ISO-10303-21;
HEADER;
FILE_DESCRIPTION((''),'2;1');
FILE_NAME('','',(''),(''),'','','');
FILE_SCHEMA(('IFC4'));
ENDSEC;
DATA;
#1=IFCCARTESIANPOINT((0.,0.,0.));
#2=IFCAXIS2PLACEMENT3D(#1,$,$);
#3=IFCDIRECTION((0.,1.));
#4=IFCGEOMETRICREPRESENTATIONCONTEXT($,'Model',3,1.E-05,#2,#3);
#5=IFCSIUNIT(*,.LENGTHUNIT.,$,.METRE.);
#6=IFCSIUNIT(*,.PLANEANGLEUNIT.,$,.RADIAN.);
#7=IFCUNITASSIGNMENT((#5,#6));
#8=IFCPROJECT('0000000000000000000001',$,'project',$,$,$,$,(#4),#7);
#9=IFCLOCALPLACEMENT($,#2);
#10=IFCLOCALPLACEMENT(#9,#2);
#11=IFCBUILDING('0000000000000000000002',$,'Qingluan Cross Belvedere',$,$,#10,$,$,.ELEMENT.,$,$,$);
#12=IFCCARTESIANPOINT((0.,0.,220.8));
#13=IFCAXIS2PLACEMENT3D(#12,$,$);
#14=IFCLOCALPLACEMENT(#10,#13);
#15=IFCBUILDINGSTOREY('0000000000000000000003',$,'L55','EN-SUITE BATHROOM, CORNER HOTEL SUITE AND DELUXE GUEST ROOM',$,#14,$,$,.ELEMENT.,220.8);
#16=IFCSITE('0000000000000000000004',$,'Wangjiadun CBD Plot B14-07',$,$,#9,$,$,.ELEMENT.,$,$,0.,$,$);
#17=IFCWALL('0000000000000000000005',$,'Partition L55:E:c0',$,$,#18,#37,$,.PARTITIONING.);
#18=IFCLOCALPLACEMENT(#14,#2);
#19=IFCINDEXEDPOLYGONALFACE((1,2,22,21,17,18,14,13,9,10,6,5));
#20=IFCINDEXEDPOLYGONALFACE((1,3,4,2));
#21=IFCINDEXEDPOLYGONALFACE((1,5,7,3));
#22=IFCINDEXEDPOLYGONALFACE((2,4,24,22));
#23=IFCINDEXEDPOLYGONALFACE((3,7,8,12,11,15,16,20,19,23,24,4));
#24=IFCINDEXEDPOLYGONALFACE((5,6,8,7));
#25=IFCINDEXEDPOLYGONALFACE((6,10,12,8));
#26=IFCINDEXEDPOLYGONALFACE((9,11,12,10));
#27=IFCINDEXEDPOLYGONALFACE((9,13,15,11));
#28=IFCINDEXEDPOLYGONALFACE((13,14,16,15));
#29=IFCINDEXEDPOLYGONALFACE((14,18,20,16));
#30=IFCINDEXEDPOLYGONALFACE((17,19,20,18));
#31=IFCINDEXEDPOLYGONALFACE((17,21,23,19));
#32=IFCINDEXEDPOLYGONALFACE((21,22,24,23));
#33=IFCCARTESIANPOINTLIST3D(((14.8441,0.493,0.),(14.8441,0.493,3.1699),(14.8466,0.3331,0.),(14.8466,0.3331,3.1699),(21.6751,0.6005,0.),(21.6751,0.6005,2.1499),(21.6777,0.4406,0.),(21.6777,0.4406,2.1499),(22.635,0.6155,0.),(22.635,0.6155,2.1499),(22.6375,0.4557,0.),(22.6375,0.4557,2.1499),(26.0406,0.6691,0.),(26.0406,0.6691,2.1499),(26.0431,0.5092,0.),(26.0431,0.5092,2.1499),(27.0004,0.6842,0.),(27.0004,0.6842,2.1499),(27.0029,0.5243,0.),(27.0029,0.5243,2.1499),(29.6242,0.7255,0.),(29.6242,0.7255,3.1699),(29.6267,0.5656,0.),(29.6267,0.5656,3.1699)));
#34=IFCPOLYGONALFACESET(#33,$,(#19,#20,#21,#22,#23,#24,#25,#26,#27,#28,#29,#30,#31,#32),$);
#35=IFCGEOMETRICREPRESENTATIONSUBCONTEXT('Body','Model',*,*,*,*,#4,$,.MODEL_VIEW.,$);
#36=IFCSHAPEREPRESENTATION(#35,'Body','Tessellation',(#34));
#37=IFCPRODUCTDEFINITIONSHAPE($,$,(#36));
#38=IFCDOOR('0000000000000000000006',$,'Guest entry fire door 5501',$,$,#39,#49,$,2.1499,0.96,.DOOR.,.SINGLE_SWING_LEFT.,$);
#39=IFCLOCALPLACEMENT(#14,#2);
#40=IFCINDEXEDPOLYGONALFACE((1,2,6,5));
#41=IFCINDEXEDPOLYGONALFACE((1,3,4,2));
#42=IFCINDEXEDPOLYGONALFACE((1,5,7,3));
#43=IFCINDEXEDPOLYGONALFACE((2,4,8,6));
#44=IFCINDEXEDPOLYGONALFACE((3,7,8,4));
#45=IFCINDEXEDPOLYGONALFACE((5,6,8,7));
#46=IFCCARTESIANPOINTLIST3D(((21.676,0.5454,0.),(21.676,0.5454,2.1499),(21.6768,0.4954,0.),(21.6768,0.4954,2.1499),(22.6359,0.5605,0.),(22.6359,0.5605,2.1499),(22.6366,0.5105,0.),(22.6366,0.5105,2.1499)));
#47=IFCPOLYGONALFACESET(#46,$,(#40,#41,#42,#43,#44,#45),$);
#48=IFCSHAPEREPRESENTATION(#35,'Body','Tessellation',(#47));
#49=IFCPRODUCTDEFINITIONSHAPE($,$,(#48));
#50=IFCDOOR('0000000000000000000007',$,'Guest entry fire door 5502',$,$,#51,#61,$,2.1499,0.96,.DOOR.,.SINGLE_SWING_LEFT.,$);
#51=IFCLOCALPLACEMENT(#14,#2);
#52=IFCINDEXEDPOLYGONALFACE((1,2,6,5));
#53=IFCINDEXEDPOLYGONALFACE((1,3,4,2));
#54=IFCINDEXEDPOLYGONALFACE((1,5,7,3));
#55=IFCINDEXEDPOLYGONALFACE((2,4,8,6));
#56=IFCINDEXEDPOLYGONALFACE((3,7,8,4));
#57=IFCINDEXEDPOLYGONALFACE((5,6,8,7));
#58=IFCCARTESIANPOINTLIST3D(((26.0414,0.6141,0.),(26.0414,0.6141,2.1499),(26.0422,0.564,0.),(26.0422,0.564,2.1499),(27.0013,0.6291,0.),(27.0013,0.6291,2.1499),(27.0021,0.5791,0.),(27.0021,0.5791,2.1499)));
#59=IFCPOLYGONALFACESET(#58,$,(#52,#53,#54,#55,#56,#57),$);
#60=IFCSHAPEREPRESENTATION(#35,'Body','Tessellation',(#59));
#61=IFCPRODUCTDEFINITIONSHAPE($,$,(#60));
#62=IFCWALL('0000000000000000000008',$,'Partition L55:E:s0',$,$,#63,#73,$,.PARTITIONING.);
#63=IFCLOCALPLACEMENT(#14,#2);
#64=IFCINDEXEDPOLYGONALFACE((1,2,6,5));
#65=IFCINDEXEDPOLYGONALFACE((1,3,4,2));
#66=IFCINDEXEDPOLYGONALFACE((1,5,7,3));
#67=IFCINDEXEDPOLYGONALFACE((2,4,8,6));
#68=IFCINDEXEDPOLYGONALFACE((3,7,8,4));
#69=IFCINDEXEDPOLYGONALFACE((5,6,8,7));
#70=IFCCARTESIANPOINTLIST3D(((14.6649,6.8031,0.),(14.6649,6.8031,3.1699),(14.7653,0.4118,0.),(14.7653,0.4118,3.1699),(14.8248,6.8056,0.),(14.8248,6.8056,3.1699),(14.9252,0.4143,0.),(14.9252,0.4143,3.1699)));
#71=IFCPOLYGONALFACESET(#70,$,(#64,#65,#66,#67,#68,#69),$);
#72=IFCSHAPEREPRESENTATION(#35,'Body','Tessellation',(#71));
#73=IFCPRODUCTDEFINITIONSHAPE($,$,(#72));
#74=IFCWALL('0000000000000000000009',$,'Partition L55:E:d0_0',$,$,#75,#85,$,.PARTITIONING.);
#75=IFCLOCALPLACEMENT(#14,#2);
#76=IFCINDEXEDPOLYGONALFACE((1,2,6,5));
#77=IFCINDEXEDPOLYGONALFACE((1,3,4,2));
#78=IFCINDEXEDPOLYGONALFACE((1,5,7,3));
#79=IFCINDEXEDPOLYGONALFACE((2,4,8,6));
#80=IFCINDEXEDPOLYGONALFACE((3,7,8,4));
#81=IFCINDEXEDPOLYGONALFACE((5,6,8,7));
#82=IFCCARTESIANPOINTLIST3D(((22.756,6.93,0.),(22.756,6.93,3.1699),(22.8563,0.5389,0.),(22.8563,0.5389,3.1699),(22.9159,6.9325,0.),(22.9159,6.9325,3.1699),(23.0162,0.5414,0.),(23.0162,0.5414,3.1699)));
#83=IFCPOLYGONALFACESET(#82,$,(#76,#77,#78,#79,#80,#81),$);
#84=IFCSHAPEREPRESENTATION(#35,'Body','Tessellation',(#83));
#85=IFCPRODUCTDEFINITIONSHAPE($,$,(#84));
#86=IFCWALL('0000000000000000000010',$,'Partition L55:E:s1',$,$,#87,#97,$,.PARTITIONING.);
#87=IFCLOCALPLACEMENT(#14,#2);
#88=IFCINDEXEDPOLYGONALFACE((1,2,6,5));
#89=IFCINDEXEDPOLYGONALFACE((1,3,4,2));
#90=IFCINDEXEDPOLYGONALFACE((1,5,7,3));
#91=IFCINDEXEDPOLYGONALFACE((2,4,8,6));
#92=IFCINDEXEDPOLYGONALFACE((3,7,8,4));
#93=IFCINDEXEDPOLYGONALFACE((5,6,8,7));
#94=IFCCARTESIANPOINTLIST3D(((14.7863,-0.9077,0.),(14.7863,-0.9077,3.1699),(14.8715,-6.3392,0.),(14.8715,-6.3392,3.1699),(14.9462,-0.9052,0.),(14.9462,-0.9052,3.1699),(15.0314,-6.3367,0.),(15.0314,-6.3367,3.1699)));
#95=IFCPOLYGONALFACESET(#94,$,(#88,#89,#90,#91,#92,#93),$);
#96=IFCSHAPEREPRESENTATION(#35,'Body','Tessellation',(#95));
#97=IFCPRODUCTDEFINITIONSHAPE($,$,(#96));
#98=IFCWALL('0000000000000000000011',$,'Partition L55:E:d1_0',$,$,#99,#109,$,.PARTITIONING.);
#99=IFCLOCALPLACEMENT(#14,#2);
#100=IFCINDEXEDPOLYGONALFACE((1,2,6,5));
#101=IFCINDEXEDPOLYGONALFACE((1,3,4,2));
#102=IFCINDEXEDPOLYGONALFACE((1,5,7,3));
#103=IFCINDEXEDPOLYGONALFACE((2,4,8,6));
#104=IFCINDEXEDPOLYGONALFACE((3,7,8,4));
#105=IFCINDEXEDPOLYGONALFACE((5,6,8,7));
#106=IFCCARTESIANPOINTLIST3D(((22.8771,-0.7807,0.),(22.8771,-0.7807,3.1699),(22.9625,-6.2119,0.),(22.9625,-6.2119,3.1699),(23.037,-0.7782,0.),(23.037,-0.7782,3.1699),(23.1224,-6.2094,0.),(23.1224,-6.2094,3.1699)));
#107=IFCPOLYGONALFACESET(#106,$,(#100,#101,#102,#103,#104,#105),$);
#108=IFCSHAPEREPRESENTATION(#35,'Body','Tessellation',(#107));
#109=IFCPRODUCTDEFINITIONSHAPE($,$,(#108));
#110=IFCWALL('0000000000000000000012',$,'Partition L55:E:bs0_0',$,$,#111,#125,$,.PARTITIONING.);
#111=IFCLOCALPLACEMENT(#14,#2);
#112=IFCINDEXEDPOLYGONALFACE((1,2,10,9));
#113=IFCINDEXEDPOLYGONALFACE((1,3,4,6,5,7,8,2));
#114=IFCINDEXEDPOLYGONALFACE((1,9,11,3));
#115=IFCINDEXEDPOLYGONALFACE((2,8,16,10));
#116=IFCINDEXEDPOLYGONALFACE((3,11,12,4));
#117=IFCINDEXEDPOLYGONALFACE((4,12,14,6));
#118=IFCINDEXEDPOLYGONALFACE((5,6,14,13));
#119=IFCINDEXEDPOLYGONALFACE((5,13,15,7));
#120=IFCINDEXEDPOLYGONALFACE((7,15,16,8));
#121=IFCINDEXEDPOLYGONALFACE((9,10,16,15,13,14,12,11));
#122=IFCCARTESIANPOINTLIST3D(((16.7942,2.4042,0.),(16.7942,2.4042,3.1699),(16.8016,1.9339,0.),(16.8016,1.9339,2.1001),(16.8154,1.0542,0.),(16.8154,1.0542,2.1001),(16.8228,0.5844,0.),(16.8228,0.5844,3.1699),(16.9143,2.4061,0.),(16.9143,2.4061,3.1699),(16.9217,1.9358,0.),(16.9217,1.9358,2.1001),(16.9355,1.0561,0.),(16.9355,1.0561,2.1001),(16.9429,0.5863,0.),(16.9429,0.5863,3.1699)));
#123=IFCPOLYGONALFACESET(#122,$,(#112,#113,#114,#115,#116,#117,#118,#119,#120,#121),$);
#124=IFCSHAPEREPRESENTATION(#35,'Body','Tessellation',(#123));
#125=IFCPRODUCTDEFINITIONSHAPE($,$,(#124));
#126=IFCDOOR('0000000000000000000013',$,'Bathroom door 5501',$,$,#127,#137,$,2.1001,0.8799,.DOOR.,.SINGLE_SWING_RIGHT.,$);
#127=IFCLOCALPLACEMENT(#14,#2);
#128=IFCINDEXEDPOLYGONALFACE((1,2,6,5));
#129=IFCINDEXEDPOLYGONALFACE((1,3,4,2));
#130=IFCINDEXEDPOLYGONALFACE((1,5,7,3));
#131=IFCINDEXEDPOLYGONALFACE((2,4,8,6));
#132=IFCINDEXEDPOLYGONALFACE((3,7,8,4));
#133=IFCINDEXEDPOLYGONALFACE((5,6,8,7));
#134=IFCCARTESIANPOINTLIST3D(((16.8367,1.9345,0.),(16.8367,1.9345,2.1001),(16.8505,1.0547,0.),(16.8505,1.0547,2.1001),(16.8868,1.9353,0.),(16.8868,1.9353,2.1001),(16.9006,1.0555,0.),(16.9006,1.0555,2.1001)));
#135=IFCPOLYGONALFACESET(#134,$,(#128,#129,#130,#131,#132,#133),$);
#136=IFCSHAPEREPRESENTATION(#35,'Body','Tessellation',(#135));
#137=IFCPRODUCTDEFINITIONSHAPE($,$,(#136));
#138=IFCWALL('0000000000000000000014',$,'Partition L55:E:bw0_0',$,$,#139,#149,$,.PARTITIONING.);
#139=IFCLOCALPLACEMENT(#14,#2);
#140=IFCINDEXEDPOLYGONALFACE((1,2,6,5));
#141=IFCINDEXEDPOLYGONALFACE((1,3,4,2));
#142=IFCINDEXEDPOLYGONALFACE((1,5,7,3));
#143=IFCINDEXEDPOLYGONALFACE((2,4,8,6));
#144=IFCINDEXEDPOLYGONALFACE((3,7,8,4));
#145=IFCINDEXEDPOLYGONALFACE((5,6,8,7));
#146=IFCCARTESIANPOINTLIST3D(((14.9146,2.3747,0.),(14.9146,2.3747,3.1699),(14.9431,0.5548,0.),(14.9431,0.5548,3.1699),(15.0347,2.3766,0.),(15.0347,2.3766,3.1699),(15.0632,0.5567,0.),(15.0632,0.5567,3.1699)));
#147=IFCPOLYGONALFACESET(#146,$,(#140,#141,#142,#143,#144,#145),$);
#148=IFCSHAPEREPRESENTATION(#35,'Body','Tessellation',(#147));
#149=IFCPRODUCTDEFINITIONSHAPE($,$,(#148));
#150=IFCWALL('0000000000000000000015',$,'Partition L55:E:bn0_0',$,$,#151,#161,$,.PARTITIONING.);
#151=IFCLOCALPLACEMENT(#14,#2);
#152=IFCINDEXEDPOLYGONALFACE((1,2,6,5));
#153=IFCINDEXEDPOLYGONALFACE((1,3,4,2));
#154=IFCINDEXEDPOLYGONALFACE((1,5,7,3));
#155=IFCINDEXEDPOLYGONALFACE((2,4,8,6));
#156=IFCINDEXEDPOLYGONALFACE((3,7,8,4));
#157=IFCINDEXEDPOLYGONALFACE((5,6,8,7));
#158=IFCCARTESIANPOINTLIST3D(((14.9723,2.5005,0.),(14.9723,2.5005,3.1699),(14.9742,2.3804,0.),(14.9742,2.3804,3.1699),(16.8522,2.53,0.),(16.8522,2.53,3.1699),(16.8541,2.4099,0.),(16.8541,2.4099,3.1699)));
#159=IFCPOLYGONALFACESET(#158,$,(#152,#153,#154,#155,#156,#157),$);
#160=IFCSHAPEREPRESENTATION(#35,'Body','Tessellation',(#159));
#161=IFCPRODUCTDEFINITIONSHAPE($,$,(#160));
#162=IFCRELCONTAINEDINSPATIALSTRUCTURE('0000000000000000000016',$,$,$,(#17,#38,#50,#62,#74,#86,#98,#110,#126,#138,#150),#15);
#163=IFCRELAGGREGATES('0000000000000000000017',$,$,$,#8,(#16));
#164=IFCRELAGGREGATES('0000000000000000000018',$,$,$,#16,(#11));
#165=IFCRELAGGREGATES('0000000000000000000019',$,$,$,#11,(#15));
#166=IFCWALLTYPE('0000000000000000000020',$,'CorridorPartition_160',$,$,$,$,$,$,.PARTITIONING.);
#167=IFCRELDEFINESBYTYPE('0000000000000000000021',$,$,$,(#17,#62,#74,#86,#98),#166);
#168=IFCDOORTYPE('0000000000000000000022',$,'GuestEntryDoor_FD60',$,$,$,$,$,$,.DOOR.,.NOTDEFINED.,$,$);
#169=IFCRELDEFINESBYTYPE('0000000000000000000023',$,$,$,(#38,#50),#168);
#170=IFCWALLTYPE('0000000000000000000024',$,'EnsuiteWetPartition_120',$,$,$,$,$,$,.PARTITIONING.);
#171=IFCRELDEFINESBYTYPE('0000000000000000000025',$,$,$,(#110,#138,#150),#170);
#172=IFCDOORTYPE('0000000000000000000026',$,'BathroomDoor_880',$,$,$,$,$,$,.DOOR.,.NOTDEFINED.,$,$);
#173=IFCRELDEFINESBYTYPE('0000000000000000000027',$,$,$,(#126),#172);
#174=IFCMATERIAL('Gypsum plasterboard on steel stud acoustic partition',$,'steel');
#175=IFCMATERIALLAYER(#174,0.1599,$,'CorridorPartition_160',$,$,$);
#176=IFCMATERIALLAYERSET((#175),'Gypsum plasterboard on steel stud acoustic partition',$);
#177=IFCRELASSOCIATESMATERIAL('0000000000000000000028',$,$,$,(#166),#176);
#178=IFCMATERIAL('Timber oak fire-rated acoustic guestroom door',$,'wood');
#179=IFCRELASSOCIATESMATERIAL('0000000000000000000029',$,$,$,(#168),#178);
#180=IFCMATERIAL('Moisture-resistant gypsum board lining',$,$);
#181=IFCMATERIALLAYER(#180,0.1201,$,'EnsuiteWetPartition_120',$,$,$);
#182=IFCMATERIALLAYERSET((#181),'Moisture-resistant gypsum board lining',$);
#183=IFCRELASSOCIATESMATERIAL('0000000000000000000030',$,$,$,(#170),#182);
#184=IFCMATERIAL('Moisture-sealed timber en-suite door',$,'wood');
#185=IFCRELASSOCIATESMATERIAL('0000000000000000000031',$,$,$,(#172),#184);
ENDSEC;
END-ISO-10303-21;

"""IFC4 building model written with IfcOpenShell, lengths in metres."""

from ifc_helpers import new_model, si_unit, direction, frame, frame_2d, origin, place, context, subcontext, project, spatial, rectangle, extrude, material, layer, layer_set, type_object, element, fill, save


model = new_model("IFC4")

# Units and contexts
model_context = context("Model", 3, precision=1e-05, world=origin(), true_north=direction((0.0, 1.0)))
body_context = subcontext(model_context, "Body", "Model", "MODEL_VIEW")
ifc_project = project(units=[si_unit("LENGTHUNIT", "METRE"), si_unit("PLANEANGLEUNIT", "RADIAN")], contexts=[model_context])

# Site, building, storey
site_placement = place(None, origin())
site = spatial("IfcSite", under=ifc_project, at=site_placement, Name="Wangjiadun CBD Plot B14-07", CompositionType="ELEMENT", RefElevation=0.0)
building_placement = place(site_placement, origin())
building = spatial("IfcBuilding", under=site, at=building_placement, Name="Qingluan Cross Belvedere", CompositionType="ELEMENT")
storey_placement = place(building_placement, frame((0.0, 0.0, 220.8)))
storey = spatial("IfcBuildingStorey", under=building, at=storey_placement, Name="L55", Description="EN-SUITE BATHROOM, CORNER HOTEL SUITE AND DELUXE GUEST ROOM", CompositionType="ELEMENT", Elevation=220.8)

# Shared definitions
ifc_material_1 = material(Name="Gypsum plasterboard on steel stud acoustic partition", Category="steel")
ifc_layer_1 = layer(ifc_material_1, 0.1599, Name="CorridorPartition_160")
ifc_layer_set_1 = layer_set([ifc_layer_1], Name="Gypsum plasterboard on steel stud acoustic partition")
wall_type_1 = type_object("IfcWallType", Name="CorridorPartition_160", PredefinedType="PARTITIONING", material=ifc_layer_set_1)

# Wall, openings, doors
wall_1_placement = place(storey_placement, frame((14.8452, 0.4131, 0.0), z_axis=(0.0, 0.0, 1.0), x_axis=(0.999876, 0.015723, 0.0)))
wall_1 = element("IfcWall", 1, at=wall_1_placement, inside=storey, type_object=wall_type_1, Name="Partition L55:E:c0", PredefinedType="PARTITIONING", context=body_context, shape_type="SweptSolid", body=[
    extrude(rectangle(XDim=14.782, YDim=0.1599, at=frame_2d((7.3911, 0.0))), origin(), (0.0, 0.0, 1.0), 3.1699),
])
opening_1_placement = place(wall_1_placement, frame((6.832, 0.0, 0.0)))
opening_1 = element("IfcOpeningElement", 2, at=opening_1_placement, cuts=wall_1, PredefinedType="OPENING", context=body_context, shape_type="SweptSolid", body=[
    extrude(rectangle(XDim=0.96, YDim=2.1499, at=frame_2d((0.48, 1.075))), frame((0.0, 0.0898, 0.0), z_axis=(0.0, -1.0, 0.0), x_axis=(1.0, 0.0, 0.0)), (0.0, 0.0, 1.0), 0.1799),
])
opening_2_placement = place(wall_1_placement, frame((11.198, 0.0, 0.0)))
opening_2 = element("IfcOpeningElement", 3, at=opening_2_placement, cuts=wall_1, PredefinedType="OPENING", context=body_context, shape_type="SweptSolid", body=[
    extrude(rectangle(XDim=0.96, YDim=2.1499, at=frame_2d((0.48, 1.075))), frame((0.0, 0.0898, 0.0), z_axis=(0.0, -1.0, 0.0), x_axis=(1.0, 0.0, 0.0)), (0.0, 0.0, 1.0), 0.1799),
])
ifc_material_2 = material(Name="Timber oak fire-rated acoustic guestroom door", Category="wood")
door_type_1 = type_object("IfcDoorType", Name="GuestEntryDoor_FD60", OperationType="NOTDEFINED", PredefinedType="DOOR", material=ifc_material_2)
door_1_placement = place(opening_1_placement, origin())
door_1 = element("IfcDoor", 4, at=door_1_placement, inside=storey, type_object=door_type_1, Name="Guest entry fire door 5501", OperationType="SINGLE_SWING_LEFT", OverallHeight=2.1499, OverallWidth=0.96, PredefinedType="DOOR", context=body_context, shape_type="SweptSolid", body=[
    extrude(rectangle(XDim=0.96, YDim=2.1499, at=frame_2d((0.48, 1.075))), frame((0.0, 0.0249, 0.0), z_axis=(0.0, -1.0, 0.0), x_axis=(1.0, 0.0, 0.0)), (0.0, 0.0, 1.0), 0.05),
])
fill(opening_1, door_1)
door_2_placement = place(opening_2_placement, origin())
door_2 = element("IfcDoor", 5, at=door_2_placement, inside=storey, type_object=door_type_1, Name="Guest entry fire door 5502", OperationType="SINGLE_SWING_LEFT", OverallHeight=2.1499, OverallWidth=0.96, PredefinedType="DOOR", context=body_context, shape_type="SweptSolid", body=[
    extrude(rectangle(XDim=0.96, YDim=2.1499, at=frame_2d((0.48, 1.075))), frame((0.0, 0.0249, 0.0), z_axis=(0.0, -1.0, 0.0), x_axis=(1.0, 0.0, 0.0)), (0.0, 0.0, 1.0), 0.05),
])
fill(opening_2, door_2)

# Walls
wall_2_placement = place(storey_placement, frame((14.8452, 0.4131, 0.0), z_axis=(0.0, 0.0, 1.0), x_axis=(-0.015698, 0.999877, 0.0)))
element("IfcWall", 6, at=wall_2_placement, inside=storey, type_object=wall_type_1, Name="Partition L55:E:s0", PredefinedType="PARTITIONING", context=body_context, shape_type="SweptSolid", body=[
    extrude(rectangle(XDim=6.3921, YDim=0.1599, at=frame_2d((3.196, 0.0))), origin(), (0.0, 0.0, 1.0), 3.1699),
])
wall_3_placement = place(storey_placement, frame((22.9363, 0.5403, 0.0), z_axis=(0.0, 0.0, 1.0), x_axis=(-0.015698, 0.999877, 0.0)))
element("IfcWall", 7, at=wall_3_placement, inside=storey, type_object=wall_type_1, Name="Partition L55:E:d0_0", PredefinedType="PARTITIONING", context=body_context, shape_type="SweptSolid", body=[
    extrude(rectangle(XDim=6.3918, YDim=0.1599, at=frame_2d((3.1958, 0.0))), origin(), (0.0, 0.0, 1.0), 3.1699),
])
wall_4_placement = place(storey_placement, frame((14.8662, -0.9065, 0.0), z_axis=(0.0, 0.0, 1.0), x_axis=(0.015686, -0.999877, 0.0)))
element("IfcWall", 8, at=wall_4_placement, inside=storey, type_object=wall_type_1, Name="Partition L55:E:s1", PredefinedType="PARTITIONING", context=body_context, shape_type="SweptSolid", body=[
    extrude(rectangle(XDim=5.4321, YDim=0.1599, at=frame_2d((2.7161, 0.0))), origin(), (0.0, 0.0, 1.0), 3.1699),
])
wall_5_placement = place(storey_placement, frame((22.957, -0.7795, 0.0), z_axis=(0.0, 0.0, 1.0), x_axis=(0.015731, -0.999876, 0.0)))
element("IfcWall", 9, at=wall_5_placement, inside=storey, type_object=wall_type_1, Name="Partition L55:E:d1_0", PredefinedType="PARTITIONING", context=body_context, shape_type="SweptSolid", body=[
    extrude(rectangle(XDim=5.4319, YDim=0.1599, at=frame_2d((2.7158, 0.0))), origin(), (0.0, 0.0, 1.0), 3.1699),
])

# Wall, opening, door
ifc_material_3 = material(Name="Moisture-resistant gypsum board lining")
ifc_layer_2 = layer(ifc_material_3, 0.1201, Name="EnsuiteWetPartition_120")
ifc_layer_set_2 = layer_set([ifc_layer_2], Name="Moisture-resistant gypsum board lining")
wall_type_2 = type_object("IfcWallType", Name="EnsuiteWetPartition_120", PredefinedType="PARTITIONING", material=ifc_layer_set_2)
wall_6_placement = place(storey_placement, frame((16.8828, 0.5852, 0.0), z_axis=(0.0, 0.0, 1.0), x_axis=(-0.015694, 0.999877, 0.0)))
wall_6 = element("IfcWall", 10, at=wall_6_placement, inside=storey, type_object=wall_type_2, Name="Partition L55:E:bs0_0", PredefinedType="PARTITIONING", context=body_context, shape_type="SweptSolid", body=[
    extrude(rectangle(XDim=1.8201, YDim=0.1201, at=frame_2d((0.9102, 0.0))), origin(), (0.0, 0.0, 1.0), 3.1699),
])
opening_3_placement = place(wall_6_placement, frame((0.47, 0.0, 0.0)))
opening_3 = element("IfcOpeningElement", 11, at=opening_3_placement, cuts=wall_6, PredefinedType="OPENING", context=body_context, shape_type="SweptSolid", body=[
    extrude(rectangle(XDim=0.8799, YDim=2.1001, at=frame_2d((0.4399, 1.05))), frame((0.0, 0.0701, 0.0), z_axis=(0.0, -1.0, 0.0), x_axis=(1.0, 0.0, 0.0)), (0.0, 0.0, 1.0), 0.1401),
])
ifc_material_4 = material(Name="Moisture-sealed timber en-suite door", Category="wood")
door_type_2 = type_object("IfcDoorType", Name="BathroomDoor_880", OperationType="NOTDEFINED", PredefinedType="DOOR", material=ifc_material_4)
door_3_placement = place(opening_3_placement, origin())
door_3 = element("IfcDoor", 12, at=door_3_placement, inside=storey, type_object=door_type_2, Name="Bathroom door 5501", OperationType="SINGLE_SWING_RIGHT", OverallHeight=2.1001, OverallWidth=0.8799, PredefinedType="DOOR", context=body_context, shape_type="SweptSolid", body=[
    extrude(rectangle(XDim=0.8799, YDim=2.1001, at=frame_2d((0.4399, 1.05))), frame((0.0, 0.0249, 0.0), z_axis=(0.0, -1.0, 0.0), x_axis=(1.0, 0.0, 0.0)), (0.0, 0.0, 1.0), 0.05),
])
fill(opening_3, door_3)

# Walls
wall_7_placement = place(storey_placement, frame((15.0032, 0.5557, 0.0), z_axis=(0.0, 0.0, 1.0), x_axis=(-0.015694, 0.999877, 0.0)))
element("IfcWall", 13, at=wall_7_placement, inside=storey, type_object=wall_type_2, Name="Partition L55:E:bw0_0", PredefinedType="PARTITIONING", context=body_context, shape_type="SweptSolid", body=[
    extrude(rectangle(XDim=1.8201, YDim=0.1201, at=frame_2d((0.9102, 0.0))), origin(), (0.0, 0.0, 1.0), 3.1699),
])
wall_8_placement = place(storey_placement, frame((14.9734, 2.4404, 0.0), z_axis=(0.0, 0.0, 1.0), x_axis=(0.999877, 0.015712, 0.0)))
element("IfcWall", 14, at=wall_8_placement, inside=storey, type_object=wall_type_2, Name="Partition L55:E:bn0_0", PredefinedType="PARTITIONING", context=body_context, shape_type="SweptSolid", body=[
    extrude(rectangle(XDim=1.8801, YDim=0.1201, at=frame_2d((0.9399, 0.0))), origin(), (0.0, 0.0, 1.0), 3.1699),
])

save(model, "model.ifc")
